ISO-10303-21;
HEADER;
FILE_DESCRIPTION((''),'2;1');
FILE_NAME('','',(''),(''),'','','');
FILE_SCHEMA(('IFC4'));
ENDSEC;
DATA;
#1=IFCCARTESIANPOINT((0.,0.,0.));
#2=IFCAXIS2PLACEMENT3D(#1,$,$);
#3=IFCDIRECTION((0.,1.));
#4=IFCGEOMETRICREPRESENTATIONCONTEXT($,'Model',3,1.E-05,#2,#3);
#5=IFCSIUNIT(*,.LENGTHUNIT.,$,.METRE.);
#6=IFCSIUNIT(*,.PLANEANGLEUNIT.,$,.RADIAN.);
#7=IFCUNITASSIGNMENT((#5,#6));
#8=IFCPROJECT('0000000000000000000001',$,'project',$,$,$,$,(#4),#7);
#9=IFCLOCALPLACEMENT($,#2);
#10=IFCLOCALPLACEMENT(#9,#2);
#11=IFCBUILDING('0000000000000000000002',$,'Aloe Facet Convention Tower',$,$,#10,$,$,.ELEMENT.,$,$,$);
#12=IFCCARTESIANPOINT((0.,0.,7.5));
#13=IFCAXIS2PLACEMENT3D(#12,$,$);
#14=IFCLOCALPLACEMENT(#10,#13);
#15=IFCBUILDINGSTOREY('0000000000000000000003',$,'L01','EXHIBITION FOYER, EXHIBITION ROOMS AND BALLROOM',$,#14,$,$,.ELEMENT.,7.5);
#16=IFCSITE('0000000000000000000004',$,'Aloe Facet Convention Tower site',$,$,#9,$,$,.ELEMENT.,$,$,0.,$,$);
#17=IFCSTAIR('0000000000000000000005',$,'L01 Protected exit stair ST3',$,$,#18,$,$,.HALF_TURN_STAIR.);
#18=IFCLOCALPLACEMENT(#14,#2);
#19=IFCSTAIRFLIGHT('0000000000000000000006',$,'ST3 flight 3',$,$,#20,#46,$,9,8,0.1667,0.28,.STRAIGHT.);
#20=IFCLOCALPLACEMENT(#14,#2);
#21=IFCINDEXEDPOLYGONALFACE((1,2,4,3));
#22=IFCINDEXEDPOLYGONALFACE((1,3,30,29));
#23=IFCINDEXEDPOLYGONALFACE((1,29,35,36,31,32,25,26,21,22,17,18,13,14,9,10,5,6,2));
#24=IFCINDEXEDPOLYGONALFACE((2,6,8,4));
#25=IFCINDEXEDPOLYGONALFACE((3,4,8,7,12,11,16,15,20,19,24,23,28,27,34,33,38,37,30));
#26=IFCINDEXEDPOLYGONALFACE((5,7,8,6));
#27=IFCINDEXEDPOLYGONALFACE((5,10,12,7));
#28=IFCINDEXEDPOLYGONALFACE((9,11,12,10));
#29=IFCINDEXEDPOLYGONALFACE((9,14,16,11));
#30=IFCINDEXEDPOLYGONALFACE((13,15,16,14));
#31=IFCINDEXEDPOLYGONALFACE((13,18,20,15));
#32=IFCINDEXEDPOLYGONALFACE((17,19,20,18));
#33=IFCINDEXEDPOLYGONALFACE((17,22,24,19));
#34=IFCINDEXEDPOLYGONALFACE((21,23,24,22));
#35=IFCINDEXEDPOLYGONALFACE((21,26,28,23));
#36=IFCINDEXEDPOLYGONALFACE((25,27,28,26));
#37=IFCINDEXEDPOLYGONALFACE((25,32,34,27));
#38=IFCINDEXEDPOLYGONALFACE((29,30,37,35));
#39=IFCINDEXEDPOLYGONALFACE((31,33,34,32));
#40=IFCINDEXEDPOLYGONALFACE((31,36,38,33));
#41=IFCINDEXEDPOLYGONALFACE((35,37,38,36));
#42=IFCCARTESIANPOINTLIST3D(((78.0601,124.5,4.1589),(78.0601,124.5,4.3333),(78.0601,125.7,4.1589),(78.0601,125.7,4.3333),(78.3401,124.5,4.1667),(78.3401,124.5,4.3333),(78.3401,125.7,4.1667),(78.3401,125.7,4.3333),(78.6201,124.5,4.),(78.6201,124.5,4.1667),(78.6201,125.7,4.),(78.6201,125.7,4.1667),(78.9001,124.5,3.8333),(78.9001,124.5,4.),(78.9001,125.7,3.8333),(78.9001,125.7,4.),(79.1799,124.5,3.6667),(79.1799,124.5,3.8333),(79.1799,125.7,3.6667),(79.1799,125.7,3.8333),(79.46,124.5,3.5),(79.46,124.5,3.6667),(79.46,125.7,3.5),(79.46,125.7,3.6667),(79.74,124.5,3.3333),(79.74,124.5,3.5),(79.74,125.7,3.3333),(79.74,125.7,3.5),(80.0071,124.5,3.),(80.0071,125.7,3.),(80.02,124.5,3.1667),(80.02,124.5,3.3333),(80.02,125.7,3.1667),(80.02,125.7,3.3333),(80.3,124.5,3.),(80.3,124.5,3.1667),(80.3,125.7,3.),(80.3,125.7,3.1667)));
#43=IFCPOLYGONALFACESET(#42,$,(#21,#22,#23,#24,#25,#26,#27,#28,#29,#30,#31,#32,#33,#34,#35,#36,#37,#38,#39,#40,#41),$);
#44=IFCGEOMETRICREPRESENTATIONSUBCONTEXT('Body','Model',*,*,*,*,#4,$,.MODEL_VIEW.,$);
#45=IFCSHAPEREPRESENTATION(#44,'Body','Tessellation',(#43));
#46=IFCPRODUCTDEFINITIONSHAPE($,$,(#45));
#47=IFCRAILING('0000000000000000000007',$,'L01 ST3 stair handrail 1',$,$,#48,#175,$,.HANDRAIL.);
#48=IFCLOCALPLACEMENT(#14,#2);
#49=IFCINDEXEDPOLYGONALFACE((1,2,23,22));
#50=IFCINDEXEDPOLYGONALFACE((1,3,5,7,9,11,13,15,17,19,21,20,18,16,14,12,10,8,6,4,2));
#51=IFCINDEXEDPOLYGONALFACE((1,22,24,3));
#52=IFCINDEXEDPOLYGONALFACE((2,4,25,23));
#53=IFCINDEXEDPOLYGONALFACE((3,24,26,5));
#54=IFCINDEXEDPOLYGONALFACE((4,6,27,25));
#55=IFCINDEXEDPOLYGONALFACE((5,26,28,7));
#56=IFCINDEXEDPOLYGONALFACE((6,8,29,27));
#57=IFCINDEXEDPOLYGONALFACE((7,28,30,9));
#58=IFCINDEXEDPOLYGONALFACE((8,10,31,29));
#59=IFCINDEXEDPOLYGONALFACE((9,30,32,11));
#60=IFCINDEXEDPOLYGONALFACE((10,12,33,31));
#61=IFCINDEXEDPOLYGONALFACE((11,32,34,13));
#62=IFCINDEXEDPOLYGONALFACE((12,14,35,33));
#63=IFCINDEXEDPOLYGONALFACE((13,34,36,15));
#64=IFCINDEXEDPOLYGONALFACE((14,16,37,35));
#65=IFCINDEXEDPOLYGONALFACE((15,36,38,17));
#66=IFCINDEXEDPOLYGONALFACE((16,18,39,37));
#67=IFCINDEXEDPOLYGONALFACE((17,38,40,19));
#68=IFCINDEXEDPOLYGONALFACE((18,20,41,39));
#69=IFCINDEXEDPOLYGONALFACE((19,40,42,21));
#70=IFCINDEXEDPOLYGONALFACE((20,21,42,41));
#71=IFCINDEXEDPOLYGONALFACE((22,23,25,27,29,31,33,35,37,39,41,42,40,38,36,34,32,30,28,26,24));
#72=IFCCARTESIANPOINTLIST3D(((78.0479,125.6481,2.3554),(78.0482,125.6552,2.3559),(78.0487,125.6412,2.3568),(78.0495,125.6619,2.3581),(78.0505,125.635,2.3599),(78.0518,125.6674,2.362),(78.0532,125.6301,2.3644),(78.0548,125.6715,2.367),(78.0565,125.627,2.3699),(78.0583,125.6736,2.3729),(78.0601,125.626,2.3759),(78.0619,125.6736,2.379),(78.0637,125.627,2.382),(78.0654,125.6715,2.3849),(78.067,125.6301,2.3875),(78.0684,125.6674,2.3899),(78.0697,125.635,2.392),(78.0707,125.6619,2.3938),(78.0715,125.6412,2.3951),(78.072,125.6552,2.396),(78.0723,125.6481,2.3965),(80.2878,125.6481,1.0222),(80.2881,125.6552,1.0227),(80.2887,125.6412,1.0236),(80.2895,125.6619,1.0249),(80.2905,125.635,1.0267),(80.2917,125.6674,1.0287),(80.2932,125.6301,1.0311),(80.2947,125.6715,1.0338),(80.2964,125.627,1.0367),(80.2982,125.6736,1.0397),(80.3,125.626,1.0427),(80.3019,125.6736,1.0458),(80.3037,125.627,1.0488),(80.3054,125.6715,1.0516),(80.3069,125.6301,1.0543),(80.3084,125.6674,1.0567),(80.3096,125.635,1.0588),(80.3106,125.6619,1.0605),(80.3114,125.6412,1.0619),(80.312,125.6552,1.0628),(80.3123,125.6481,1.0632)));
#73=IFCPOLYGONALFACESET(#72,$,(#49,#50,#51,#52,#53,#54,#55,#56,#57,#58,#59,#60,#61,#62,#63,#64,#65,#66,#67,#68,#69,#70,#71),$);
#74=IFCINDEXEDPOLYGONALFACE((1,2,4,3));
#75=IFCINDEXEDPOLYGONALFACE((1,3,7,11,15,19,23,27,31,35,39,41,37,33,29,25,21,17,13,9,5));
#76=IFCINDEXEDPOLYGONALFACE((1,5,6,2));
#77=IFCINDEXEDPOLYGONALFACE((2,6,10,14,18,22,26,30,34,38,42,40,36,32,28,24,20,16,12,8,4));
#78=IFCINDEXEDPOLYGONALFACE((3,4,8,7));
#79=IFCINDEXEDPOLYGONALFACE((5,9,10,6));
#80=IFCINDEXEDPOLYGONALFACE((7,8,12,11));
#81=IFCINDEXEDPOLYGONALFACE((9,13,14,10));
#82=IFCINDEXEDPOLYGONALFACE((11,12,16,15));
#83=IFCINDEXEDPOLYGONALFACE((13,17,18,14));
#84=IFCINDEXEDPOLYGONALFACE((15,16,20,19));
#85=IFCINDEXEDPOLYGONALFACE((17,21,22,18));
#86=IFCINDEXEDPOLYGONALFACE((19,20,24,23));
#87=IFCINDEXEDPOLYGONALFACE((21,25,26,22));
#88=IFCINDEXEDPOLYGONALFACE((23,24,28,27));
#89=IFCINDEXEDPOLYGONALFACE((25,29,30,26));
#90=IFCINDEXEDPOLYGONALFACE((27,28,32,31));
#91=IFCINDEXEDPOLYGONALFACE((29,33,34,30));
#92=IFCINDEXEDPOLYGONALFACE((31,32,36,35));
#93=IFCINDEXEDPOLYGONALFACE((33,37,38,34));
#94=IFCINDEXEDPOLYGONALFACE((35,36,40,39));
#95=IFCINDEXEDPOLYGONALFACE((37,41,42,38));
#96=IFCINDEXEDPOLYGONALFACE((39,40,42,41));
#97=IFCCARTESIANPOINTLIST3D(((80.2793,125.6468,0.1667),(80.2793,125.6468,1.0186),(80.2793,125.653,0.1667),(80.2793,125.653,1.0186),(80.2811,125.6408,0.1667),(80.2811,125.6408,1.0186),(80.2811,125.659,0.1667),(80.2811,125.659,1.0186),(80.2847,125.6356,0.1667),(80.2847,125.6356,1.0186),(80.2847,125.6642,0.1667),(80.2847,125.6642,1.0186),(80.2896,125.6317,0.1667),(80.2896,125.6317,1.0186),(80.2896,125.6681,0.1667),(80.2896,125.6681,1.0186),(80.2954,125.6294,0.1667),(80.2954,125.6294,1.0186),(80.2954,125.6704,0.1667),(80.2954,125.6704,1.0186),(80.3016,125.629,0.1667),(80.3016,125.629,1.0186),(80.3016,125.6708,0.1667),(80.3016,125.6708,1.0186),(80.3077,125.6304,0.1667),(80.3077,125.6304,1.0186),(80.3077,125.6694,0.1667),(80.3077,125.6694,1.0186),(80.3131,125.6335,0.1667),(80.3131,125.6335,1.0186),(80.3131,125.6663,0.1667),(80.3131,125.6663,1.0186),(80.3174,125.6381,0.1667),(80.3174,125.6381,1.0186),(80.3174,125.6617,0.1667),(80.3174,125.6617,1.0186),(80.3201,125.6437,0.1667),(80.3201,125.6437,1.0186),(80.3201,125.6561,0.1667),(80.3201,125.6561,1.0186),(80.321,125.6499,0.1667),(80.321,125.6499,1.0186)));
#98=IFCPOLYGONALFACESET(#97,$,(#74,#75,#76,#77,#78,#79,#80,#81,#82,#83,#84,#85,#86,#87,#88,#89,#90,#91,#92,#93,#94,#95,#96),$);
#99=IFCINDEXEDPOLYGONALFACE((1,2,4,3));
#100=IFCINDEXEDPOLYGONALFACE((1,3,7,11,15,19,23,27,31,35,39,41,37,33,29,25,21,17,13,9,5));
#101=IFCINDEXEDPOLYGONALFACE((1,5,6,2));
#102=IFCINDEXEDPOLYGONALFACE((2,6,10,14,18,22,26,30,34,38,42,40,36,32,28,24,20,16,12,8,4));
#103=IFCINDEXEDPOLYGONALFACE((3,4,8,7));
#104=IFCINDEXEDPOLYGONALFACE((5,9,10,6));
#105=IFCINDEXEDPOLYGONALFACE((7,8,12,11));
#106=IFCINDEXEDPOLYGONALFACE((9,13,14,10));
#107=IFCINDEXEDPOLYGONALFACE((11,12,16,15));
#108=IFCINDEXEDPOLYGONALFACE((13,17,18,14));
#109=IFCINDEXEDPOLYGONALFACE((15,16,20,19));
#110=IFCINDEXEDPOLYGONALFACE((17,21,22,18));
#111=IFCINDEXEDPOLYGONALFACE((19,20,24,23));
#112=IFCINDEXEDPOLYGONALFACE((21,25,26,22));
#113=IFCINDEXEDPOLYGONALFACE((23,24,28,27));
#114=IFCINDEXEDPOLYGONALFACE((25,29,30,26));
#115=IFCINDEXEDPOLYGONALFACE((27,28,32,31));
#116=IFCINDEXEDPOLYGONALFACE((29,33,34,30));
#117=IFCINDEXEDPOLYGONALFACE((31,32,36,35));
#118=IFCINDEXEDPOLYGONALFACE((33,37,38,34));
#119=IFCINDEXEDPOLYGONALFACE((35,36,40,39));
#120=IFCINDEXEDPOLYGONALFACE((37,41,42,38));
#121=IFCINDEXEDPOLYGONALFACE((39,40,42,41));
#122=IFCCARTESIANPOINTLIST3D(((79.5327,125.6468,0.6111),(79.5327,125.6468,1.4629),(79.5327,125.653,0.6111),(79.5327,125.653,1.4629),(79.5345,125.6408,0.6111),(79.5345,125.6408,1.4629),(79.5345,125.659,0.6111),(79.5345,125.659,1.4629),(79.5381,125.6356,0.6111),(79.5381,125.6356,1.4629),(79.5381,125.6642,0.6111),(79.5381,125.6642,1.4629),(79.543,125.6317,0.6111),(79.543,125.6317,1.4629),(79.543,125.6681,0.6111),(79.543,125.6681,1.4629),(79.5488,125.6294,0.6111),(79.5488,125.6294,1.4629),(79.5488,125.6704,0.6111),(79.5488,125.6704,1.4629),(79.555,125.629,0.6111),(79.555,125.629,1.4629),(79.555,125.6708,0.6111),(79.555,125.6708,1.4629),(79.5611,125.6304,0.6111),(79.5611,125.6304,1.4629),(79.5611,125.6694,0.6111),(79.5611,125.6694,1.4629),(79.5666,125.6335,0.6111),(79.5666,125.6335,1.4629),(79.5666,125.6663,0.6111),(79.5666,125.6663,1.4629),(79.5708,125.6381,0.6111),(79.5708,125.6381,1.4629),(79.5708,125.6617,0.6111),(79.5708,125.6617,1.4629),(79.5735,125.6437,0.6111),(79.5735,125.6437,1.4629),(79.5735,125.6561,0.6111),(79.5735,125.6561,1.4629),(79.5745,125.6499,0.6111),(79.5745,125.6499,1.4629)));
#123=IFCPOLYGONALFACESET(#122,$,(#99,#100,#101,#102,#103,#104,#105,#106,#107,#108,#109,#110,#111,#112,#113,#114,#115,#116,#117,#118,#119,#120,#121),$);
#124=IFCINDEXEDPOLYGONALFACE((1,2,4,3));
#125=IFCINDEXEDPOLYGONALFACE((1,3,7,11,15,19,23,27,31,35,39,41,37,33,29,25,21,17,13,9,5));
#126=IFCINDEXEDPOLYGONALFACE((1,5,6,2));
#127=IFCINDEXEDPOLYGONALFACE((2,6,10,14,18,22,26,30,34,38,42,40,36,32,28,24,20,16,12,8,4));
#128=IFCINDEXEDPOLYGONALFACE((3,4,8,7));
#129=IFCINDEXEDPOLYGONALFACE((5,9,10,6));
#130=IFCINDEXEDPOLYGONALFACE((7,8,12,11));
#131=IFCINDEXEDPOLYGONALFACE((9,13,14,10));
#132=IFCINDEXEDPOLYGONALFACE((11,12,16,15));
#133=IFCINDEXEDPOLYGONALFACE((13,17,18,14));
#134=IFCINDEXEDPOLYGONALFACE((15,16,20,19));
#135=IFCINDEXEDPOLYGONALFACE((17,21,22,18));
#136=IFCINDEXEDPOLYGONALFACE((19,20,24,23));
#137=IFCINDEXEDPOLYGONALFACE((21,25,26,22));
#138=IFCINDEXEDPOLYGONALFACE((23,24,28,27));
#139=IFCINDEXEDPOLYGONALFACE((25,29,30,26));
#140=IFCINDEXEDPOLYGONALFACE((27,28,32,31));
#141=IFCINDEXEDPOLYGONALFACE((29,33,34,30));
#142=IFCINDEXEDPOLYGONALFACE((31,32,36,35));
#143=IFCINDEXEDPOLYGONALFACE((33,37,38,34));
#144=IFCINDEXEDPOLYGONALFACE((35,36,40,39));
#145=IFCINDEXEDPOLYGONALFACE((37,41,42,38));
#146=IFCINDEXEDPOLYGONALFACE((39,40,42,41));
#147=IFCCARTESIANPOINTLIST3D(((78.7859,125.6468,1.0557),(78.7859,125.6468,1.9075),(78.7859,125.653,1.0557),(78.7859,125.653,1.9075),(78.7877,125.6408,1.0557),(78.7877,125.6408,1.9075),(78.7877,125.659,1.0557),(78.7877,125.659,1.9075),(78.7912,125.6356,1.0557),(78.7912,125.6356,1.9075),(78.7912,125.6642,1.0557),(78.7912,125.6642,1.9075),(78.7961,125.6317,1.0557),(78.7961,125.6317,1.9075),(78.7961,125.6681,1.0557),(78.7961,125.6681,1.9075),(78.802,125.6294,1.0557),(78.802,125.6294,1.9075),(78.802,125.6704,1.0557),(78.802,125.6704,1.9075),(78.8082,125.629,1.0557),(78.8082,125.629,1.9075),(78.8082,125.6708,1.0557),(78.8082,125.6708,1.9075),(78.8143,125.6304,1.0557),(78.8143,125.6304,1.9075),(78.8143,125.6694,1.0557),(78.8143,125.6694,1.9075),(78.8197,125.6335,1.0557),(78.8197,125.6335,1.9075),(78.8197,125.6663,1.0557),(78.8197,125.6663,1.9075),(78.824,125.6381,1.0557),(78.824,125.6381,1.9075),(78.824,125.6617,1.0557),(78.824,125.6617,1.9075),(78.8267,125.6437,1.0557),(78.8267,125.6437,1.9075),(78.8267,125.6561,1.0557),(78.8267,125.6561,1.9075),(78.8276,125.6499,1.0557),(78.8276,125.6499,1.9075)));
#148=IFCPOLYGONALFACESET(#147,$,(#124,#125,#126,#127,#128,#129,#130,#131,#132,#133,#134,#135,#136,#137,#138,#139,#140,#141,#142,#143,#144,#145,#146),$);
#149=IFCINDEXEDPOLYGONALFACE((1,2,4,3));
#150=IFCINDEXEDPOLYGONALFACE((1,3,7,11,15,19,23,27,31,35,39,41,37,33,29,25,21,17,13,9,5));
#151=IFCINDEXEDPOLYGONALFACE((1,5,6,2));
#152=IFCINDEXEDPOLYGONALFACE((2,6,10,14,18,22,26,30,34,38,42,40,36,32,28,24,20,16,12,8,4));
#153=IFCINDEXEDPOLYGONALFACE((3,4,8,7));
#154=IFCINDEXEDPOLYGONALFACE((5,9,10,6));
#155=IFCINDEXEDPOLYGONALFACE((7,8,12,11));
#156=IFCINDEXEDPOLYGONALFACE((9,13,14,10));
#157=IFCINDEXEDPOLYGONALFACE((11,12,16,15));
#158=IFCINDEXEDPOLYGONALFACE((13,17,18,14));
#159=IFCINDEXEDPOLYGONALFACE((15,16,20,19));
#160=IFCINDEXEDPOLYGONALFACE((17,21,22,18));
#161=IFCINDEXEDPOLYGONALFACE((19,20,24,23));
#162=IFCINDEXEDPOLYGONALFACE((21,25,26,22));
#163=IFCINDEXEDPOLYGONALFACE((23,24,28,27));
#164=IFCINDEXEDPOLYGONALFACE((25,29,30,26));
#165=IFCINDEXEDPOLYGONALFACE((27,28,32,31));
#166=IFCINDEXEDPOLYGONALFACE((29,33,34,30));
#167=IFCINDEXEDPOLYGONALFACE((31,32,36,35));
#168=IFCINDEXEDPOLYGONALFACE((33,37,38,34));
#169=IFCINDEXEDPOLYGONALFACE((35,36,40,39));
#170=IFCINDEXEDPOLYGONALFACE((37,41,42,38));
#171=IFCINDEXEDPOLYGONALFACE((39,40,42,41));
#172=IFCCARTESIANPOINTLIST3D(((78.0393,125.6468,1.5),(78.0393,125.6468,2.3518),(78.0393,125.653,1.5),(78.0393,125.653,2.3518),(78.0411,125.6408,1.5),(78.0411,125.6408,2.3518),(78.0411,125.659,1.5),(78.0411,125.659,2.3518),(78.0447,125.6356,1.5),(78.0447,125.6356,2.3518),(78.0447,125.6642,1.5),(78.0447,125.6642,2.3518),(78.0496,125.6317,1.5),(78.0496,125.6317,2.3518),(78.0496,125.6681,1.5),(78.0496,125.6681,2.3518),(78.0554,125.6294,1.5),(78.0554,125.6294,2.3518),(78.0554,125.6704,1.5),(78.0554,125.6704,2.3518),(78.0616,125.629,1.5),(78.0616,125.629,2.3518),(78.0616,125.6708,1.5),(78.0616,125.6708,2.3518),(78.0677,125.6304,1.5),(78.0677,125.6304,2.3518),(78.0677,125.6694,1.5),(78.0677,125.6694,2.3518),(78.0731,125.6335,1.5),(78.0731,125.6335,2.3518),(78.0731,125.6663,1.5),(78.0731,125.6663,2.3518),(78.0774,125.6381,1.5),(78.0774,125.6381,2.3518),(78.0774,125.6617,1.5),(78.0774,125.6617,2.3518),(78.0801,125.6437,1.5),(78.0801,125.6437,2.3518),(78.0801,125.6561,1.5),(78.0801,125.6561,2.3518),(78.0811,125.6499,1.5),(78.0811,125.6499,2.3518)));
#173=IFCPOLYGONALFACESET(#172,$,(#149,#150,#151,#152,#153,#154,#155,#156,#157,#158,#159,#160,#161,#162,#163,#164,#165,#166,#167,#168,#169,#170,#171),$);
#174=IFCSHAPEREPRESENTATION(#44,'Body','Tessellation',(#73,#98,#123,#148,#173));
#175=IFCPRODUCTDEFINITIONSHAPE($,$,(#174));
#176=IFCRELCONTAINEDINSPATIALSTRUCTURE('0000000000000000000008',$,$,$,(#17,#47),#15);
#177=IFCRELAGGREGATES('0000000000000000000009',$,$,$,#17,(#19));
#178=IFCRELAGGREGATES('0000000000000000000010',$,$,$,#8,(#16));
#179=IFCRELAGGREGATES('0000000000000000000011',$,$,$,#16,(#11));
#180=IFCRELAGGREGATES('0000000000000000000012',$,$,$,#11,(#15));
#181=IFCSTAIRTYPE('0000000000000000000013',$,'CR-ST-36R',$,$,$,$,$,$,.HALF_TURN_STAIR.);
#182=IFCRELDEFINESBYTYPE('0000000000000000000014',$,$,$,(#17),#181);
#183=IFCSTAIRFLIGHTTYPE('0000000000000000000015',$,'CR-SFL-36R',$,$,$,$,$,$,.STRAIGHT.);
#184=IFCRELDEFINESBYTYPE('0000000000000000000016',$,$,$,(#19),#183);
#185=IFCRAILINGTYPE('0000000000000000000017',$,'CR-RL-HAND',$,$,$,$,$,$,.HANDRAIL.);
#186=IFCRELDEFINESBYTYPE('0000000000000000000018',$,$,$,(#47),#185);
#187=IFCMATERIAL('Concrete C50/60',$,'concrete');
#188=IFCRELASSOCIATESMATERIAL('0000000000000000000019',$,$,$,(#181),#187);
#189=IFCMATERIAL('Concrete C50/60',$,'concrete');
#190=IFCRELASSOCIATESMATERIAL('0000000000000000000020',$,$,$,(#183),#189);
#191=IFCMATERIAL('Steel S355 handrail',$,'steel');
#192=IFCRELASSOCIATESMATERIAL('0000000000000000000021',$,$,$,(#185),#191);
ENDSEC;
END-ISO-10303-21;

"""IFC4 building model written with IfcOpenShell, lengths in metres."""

from ifc_helpers import new_model, si_unit, direction, frame, origin, origin_2d, place, context, subcontext, project, spatial, polyline, circle, outline, extrude, material, type_object, element, aggregate, save


model = new_model("IFC4")

# Units and contexts
model_context = context("Model", 3, precision=1e-05, world=origin(), true_north=direction((0.0, 1.0)))
body_context = subcontext(model_context, "Body", "Model", "MODEL_VIEW")
ifc_project = project(units=[si_unit("LENGTHUNIT", "METRE"), si_unit("PLANEANGLEUNIT", "RADIAN")], contexts=[model_context])

# Site, building, storey
site_placement = place(None, origin())
site = spatial("IfcSite", under=ifc_project, at=site_placement, Name="Aloe Facet Convention Tower site", CompositionType="ELEMENT", RefElevation=0.0)
building_placement = place(site_placement, origin())
building = spatial("IfcBuilding", under=site, at=building_placement, Name="Aloe Facet Convention Tower", CompositionType="ELEMENT")
storey_placement = place(building_placement, frame((0.0, 0.0, 7.5)))
storey = spatial("IfcBuildingStorey", under=building, at=storey_placement, Name="L01", Description="EXHIBITION FOYER, EXHIBITION ROOMS AND BALLROOM", CompositionType="ELEMENT", Elevation=7.5)

# Stair, stair flight
ifc_material_1 = material(Name="Concrete C50/60", Category="concrete")
stair_type = type_object("IfcStairType", Name="CR-ST-36R", PredefinedType="HALF_TURN_STAIR", material=ifc_material_1)
stair_placement = place(storey_placement, origin())
stair = element("IfcStair", 1, at=stair_placement, inside=storey, type_object=stair_type, Name="L01 Protected exit stair ST3", PredefinedType="HALF_TURN_STAIR")
ifc_material_2 = material(Name="Concrete C50/60", Category="concrete")
stair_flight_type = type_object("IfcStairFlightType", Name="CR-SFL-36R", PredefinedType="STRAIGHT", material=ifc_material_2)
stair_flight_placement = place(storey_placement, frame((80.3, 125.1001, 3.0), z_axis=(0.0, 0.0, 1.0), x_axis=(-1.0, 0.0, 0.0)))
stair_flight = element("IfcStairFlight", 2, at=stair_flight_placement, type_object=stair_flight_type, Name="ST3 flight 3", NumberOfRisers=9, NumberOfTreads=8, PredefinedType="STRAIGHT", RiserHeight=0.1667, TreadLength=0.28, context=body_context, shape_type="SweptSolid", body=[
    extrude(outline(polyline([(0.0, 0.0), (0.0, 0.1667), (0.28, 0.1667), (0.28, 0.3333), (0.5601, 0.3333), (0.5601, 0.5), (0.8401, 0.5), (0.8401, 0.6667), (1.1201, 0.6667), (1.1201, 0.8333), (1.3999, 0.8333), (1.3999, 1.0), (1.6799, 1.0), (1.6799, 1.1667), (1.96, 1.1667), (1.96, 1.3333), (2.24, 1.3333), (2.24, 1.5), (2.24, 1.1589), (0.293, 0.0), (0.0, 0.0)])), frame((0.0, 0.6001, 0.0), z_axis=(0.0, -1.0, 0.0), x_axis=(1.0, 0.0, 0.0)), (0.0, 0.0, 1.0), 1.2),
])
aggregate(stair, [stair_flight])

# Railing
ifc_material_3 = material(Name="Steel S355 handrail", Category="steel")
railing_type = type_object("IfcRailingType", Name="CR-RL-HAND", PredefinedType="HANDRAIL", material=ifc_material_3)
for number, where, name in (
    (3, (80.3, 125.6499, 0.1667), "L01 ST3 stair handrail 1"),
):
    element("IfcRailing", number, at=place(storey_placement, frame(where)), inside=storey, type_object=railing_type, Name=name, PredefinedType="HANDRAIL", context=body_context, shape_type="SweptSolid", body=[
        extrude(circle(Radius=0.0239, at=origin_2d()), frame((0.0, 0.0, 0.876), z_axis=(-0.859306, 0.0, 0.511462), x_axis=(0.0, -1.0, 0.0)), (0.0, 0.0, 1.0), 2.6067),
        extrude(circle(Radius=0.021, at=origin_2d()), origin(), (0.0, 0.0, 1.0), 0.8518),
        extrude(circle(Radius=0.021, at=origin_2d()), frame((-0.7466, 0.0, 0.4443)), (0.0, 0.0, 1.0), 0.8518),
        extrude(circle(Radius=0.021, at=origin_2d()), frame((-1.4934, 0.0, 0.8889)), (0.0, 0.0, 1.0), 0.8518),
        extrude(circle(Radius=0.021, at=origin_2d()), frame((-2.24, 0.0, 1.3333)), (0.0, 0.0, 1.0), 0.8518),
    ])

save(model, "model.ifc")
